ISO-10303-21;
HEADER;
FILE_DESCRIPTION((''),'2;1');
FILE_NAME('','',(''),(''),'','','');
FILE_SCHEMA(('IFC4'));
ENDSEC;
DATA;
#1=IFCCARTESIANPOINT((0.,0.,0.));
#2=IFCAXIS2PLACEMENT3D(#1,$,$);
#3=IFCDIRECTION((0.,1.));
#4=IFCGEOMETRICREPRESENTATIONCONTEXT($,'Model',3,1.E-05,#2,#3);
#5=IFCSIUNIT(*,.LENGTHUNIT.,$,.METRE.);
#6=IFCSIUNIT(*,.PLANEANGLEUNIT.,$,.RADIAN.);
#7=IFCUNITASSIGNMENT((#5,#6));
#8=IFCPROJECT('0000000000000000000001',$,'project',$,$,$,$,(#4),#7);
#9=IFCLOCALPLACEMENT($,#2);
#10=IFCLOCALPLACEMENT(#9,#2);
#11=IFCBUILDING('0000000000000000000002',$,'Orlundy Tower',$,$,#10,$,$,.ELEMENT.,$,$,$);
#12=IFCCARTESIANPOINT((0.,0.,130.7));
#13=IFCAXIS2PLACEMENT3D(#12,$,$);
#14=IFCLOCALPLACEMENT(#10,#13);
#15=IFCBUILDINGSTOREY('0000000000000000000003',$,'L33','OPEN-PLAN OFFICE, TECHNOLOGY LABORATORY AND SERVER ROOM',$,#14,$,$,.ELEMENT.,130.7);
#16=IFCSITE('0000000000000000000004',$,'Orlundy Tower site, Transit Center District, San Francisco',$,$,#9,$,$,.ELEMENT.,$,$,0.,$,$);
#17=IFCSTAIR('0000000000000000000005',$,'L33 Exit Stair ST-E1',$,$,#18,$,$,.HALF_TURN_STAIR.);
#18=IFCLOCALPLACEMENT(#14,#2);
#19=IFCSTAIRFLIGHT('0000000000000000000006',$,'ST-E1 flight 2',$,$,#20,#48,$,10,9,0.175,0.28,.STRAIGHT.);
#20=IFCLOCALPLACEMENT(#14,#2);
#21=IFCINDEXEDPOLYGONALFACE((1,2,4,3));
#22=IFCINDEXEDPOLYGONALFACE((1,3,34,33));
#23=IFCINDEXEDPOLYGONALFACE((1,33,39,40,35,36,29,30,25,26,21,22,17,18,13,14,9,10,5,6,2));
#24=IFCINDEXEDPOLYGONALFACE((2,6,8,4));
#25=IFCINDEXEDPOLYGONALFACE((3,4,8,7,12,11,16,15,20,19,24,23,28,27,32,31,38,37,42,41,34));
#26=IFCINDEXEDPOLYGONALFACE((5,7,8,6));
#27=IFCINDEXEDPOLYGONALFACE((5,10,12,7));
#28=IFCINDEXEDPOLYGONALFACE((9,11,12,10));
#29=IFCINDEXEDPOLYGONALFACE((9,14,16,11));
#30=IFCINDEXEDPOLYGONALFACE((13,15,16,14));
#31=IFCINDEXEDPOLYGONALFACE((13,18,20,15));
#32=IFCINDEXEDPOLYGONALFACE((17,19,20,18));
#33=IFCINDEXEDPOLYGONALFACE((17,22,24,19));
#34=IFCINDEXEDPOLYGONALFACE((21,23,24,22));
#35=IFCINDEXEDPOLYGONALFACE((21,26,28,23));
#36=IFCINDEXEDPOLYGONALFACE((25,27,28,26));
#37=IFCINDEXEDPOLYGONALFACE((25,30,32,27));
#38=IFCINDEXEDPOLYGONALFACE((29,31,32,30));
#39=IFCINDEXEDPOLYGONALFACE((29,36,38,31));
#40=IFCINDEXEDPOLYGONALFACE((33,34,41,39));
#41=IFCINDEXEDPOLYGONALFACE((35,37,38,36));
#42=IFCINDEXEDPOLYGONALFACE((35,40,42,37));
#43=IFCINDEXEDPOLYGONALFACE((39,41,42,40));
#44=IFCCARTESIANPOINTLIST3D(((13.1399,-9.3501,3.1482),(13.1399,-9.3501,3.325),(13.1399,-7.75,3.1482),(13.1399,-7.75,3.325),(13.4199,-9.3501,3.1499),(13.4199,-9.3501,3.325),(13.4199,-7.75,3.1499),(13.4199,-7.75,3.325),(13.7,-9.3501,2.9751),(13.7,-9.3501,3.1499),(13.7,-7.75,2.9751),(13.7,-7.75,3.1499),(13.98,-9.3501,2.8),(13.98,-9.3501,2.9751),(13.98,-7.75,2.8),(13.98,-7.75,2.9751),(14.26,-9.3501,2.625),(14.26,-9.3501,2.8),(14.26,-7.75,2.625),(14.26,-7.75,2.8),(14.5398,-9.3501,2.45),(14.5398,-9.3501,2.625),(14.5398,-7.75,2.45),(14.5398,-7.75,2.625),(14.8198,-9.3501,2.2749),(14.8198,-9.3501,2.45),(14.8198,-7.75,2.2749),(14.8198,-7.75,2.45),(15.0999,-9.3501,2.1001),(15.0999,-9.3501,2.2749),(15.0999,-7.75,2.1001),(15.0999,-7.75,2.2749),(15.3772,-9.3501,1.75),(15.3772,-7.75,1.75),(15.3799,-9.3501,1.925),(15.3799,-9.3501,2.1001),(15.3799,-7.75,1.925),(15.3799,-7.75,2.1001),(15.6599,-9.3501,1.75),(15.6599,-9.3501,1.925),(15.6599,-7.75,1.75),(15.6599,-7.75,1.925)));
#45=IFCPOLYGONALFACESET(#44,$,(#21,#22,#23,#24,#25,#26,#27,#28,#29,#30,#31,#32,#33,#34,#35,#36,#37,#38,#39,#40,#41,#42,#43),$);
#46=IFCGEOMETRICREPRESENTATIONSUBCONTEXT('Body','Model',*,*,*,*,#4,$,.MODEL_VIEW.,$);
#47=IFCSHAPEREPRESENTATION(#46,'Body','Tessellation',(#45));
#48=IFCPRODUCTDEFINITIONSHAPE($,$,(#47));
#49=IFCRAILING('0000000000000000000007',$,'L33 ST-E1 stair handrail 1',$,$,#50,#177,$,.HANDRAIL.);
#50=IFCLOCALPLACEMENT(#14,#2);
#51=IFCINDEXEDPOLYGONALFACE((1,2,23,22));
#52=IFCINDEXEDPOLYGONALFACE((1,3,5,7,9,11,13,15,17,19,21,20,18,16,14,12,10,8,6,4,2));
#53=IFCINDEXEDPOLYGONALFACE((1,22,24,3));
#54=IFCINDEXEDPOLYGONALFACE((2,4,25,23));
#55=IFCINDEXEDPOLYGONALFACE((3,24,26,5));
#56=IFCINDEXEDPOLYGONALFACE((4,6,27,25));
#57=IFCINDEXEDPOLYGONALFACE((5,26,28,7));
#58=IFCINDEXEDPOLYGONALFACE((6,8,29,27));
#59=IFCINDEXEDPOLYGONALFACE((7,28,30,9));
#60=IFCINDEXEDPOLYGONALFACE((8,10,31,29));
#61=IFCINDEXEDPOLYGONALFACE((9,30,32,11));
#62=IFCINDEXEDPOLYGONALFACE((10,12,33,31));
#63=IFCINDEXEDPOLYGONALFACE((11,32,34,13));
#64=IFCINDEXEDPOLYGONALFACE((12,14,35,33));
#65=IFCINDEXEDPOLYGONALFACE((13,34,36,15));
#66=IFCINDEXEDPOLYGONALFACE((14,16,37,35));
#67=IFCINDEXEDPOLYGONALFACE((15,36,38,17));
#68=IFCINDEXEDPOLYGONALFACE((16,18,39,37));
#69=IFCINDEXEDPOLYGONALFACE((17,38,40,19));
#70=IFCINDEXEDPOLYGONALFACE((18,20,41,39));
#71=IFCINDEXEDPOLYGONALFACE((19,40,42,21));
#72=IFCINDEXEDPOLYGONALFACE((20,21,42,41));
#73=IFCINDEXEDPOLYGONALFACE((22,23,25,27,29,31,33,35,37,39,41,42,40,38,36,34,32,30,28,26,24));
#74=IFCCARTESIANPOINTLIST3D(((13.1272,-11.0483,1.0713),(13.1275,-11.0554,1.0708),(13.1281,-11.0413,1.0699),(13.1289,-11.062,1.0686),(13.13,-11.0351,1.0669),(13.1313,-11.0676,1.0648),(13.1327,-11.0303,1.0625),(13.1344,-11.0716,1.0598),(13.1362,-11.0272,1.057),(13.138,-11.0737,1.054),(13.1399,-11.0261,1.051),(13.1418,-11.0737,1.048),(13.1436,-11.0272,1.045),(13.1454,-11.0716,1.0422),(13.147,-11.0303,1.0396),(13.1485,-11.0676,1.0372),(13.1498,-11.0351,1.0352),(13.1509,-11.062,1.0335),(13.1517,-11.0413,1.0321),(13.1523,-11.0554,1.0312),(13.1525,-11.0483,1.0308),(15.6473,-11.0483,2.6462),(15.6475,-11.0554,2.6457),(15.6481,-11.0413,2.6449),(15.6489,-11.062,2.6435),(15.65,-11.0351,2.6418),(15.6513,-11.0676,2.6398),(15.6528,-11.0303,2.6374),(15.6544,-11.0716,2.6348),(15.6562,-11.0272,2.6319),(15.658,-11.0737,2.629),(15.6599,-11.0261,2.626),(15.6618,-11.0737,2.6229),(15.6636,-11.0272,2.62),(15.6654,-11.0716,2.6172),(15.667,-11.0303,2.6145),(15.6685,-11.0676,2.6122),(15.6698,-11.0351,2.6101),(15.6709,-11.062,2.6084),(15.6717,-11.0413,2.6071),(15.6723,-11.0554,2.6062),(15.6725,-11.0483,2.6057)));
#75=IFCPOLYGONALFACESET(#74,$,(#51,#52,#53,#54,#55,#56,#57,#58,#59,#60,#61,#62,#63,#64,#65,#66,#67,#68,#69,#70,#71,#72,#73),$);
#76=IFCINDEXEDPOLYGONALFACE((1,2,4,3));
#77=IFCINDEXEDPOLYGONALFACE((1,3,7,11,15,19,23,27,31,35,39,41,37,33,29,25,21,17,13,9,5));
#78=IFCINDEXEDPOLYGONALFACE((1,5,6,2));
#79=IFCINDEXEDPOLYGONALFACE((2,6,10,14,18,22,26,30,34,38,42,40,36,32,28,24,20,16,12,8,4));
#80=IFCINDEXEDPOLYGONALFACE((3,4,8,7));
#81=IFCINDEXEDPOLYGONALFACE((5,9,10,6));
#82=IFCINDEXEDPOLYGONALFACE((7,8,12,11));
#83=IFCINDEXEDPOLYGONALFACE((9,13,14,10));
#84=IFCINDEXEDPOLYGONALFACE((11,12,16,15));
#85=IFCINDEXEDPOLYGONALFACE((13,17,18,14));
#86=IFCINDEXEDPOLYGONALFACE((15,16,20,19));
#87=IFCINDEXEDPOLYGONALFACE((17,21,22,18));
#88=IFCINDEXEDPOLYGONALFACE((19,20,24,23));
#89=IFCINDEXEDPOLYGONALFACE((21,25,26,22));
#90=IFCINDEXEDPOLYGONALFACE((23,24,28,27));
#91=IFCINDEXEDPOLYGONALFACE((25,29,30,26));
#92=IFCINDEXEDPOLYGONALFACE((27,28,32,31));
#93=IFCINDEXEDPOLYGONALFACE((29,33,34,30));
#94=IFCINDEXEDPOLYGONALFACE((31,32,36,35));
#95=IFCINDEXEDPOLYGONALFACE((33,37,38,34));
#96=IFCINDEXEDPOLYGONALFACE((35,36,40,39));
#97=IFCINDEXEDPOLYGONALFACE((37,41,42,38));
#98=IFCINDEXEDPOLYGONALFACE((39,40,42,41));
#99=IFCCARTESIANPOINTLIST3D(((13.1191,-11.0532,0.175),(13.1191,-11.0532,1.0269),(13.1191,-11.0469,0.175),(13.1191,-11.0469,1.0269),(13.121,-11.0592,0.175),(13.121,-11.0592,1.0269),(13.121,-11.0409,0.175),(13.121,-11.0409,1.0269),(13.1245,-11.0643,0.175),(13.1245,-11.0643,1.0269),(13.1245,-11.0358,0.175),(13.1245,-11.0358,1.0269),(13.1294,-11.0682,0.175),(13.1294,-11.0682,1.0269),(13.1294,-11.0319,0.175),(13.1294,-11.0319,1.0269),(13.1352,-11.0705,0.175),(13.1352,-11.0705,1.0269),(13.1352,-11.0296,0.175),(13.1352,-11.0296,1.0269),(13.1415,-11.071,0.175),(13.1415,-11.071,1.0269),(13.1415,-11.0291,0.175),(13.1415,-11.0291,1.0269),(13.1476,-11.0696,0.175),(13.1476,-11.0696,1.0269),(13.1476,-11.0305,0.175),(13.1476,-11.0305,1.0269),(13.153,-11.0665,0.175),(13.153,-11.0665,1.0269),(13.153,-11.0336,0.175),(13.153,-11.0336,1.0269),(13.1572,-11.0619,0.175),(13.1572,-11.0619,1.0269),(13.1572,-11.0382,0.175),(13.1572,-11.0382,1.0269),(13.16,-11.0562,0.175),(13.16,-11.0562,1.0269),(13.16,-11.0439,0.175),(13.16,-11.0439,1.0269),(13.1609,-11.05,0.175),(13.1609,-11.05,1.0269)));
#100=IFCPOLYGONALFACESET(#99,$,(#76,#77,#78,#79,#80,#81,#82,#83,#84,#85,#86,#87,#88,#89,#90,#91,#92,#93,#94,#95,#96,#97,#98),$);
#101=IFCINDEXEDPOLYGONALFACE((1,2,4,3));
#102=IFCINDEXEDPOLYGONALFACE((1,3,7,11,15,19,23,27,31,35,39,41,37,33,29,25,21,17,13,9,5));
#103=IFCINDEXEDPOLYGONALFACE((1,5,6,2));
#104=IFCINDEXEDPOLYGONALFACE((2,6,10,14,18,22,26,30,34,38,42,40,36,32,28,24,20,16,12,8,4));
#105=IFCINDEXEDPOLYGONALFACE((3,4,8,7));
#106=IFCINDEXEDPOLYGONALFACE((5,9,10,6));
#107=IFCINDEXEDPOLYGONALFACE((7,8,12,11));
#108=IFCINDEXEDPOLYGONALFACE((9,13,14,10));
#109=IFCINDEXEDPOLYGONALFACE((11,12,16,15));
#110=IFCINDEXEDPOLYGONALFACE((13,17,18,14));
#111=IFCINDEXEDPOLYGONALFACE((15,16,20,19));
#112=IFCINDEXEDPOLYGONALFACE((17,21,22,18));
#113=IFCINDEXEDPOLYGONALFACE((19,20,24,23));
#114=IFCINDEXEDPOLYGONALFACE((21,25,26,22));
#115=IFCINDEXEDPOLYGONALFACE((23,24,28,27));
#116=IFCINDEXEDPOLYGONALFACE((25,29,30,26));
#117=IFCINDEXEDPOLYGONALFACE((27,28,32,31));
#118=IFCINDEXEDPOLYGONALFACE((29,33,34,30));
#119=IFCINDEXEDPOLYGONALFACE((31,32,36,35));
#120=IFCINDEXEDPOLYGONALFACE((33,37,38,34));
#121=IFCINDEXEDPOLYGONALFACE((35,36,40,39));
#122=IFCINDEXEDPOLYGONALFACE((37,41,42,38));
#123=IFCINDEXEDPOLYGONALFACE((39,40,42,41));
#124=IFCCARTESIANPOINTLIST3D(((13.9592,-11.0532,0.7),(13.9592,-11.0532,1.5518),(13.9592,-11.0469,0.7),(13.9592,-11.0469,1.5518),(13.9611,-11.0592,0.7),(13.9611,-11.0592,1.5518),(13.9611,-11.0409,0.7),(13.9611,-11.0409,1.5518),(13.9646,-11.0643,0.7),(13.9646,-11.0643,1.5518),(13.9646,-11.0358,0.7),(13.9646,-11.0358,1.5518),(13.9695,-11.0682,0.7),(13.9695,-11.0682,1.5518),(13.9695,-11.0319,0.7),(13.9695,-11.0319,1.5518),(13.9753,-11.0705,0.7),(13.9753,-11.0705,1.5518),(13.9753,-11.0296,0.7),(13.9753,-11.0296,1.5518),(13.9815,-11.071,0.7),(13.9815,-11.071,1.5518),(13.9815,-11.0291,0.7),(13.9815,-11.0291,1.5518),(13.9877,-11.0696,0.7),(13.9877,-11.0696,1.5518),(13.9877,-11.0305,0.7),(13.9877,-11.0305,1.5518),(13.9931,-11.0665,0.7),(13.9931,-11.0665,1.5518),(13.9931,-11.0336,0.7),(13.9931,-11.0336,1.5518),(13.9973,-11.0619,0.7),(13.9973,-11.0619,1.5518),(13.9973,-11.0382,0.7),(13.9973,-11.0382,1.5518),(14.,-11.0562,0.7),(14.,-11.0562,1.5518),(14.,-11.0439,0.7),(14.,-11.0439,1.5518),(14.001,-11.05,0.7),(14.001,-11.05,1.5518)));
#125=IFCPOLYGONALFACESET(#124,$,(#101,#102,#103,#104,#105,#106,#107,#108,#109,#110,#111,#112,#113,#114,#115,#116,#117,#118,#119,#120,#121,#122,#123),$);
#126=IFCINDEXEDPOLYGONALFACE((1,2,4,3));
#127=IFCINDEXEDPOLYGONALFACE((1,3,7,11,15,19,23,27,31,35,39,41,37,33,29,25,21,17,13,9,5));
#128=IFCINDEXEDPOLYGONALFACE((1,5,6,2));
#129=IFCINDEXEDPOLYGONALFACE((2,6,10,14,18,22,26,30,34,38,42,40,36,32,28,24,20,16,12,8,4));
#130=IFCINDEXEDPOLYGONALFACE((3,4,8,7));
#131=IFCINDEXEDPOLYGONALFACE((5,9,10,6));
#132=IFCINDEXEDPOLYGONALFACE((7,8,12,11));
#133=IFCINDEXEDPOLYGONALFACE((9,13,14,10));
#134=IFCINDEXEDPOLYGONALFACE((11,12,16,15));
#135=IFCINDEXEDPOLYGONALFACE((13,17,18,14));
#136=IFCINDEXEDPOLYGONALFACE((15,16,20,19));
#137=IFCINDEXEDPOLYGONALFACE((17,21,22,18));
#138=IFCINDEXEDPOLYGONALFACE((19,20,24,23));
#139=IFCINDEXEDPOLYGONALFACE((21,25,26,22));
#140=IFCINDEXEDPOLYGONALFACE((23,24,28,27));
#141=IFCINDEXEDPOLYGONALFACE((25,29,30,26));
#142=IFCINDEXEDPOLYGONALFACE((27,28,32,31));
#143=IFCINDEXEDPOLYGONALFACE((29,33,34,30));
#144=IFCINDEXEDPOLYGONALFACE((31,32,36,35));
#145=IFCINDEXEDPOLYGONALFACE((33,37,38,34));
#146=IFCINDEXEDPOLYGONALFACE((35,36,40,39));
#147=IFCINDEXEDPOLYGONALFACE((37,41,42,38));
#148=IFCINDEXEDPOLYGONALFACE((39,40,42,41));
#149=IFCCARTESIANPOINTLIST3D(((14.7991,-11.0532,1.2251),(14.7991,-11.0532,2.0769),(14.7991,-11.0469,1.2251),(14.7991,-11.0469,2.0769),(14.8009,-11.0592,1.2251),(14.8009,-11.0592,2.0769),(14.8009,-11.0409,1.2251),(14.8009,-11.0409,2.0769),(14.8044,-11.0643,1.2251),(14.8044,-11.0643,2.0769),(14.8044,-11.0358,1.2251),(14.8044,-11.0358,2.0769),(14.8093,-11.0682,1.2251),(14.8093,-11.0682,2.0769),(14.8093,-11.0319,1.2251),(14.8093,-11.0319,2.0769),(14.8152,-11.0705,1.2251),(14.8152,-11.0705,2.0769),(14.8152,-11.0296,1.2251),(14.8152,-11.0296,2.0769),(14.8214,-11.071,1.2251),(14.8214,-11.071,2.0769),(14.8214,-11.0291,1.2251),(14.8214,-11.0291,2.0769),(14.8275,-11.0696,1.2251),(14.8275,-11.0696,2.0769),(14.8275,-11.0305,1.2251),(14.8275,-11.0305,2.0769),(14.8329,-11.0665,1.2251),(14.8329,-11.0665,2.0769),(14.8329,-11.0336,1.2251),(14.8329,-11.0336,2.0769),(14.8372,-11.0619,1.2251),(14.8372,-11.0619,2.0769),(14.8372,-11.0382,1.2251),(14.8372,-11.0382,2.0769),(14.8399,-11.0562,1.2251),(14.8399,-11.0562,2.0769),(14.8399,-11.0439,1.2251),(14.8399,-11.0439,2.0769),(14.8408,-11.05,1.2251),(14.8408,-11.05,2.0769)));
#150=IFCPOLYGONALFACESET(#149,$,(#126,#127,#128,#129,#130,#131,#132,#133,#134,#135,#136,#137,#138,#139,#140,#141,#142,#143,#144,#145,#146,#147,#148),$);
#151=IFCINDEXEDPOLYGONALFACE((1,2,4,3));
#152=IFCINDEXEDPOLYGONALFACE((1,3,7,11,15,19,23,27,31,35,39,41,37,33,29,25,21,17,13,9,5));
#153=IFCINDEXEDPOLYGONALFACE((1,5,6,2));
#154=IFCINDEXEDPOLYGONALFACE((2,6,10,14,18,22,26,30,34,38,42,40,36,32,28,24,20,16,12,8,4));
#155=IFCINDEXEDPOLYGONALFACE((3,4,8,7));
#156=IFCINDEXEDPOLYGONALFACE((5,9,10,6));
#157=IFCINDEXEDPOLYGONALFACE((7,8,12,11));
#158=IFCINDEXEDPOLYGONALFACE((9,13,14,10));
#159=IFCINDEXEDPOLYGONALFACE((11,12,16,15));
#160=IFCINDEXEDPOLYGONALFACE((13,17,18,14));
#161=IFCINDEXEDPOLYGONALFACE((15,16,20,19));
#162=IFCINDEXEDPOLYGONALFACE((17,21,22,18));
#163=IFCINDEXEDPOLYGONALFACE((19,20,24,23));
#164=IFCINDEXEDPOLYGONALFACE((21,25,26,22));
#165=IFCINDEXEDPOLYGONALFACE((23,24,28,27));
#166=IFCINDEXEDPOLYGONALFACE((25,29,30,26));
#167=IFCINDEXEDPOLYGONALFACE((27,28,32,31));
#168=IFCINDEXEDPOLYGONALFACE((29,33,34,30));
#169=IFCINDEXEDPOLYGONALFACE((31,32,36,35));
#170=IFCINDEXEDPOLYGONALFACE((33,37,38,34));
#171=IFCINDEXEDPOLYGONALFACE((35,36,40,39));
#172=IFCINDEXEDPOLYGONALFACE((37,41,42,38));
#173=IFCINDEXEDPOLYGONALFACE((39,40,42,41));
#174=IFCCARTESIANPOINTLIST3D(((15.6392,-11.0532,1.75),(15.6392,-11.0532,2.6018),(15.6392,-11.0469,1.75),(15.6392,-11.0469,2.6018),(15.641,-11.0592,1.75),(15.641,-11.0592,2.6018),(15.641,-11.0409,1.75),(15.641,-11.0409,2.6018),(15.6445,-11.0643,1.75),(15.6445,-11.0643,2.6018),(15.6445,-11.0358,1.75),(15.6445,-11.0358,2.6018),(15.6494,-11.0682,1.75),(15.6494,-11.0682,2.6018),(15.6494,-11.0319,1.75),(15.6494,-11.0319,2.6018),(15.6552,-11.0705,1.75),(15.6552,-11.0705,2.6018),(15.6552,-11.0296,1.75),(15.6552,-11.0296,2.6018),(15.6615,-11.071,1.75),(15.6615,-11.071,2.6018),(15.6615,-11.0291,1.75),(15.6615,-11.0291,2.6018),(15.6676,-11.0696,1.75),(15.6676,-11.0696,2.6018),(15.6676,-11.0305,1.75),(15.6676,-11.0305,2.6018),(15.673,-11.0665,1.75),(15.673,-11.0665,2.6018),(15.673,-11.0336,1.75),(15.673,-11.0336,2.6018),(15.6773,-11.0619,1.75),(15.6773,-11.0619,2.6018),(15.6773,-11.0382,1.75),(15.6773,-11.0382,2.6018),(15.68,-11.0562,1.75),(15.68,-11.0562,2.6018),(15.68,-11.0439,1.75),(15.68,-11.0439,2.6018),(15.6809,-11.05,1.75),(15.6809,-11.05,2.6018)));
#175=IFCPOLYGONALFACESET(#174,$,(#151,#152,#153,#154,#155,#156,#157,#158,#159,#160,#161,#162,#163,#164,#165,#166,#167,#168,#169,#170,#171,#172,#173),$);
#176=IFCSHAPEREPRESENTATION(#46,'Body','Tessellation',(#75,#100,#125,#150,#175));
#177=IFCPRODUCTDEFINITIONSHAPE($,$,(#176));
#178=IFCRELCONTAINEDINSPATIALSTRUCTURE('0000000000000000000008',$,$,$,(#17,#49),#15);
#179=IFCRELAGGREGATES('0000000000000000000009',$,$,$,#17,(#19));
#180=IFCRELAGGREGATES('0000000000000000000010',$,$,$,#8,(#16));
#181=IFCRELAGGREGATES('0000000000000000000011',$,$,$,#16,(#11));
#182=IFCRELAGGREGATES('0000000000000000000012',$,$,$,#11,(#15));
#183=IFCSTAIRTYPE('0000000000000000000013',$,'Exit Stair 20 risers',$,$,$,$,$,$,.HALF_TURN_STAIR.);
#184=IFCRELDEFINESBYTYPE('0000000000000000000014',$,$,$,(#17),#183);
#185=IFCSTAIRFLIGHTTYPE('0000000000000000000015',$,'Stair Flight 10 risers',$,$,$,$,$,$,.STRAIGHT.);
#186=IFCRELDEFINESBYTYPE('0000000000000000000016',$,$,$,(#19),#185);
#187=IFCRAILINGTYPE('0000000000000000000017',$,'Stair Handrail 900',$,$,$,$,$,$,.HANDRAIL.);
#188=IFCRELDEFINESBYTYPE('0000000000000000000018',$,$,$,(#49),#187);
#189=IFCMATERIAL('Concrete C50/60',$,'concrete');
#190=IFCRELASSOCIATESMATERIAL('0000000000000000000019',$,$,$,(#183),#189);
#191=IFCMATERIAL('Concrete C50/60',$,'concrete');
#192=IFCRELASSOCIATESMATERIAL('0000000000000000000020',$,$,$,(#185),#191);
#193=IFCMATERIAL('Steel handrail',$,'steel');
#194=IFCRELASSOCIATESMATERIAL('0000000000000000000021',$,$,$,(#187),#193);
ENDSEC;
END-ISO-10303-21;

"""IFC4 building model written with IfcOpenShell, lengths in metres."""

from ifc_helpers import new_model, si_unit, direction, frame, origin, origin_2d, place, context, subcontext, project, spatial, polyline, circle, outline, extrude, material, type_object, element, aggregate, save


model = new_model("IFC4")

# Units and contexts
model_context = context("Model", 3, precision=1e-05, world=origin(), true_north=direction((0.0, 1.0)))
body_context = subcontext(model_context, "Body", "Model", "MODEL_VIEW")
ifc_project = project(units=[si_unit("LENGTHUNIT", "METRE"), si_unit("PLANEANGLEUNIT", "RADIAN")], contexts=[model_context])

# Site, building, storey
site_placement = place(None, origin())
site = spatial("IfcSite", under=ifc_project, at=site_placement, Name="Orlundy Tower site, Transit Center District, San Francisco", CompositionType="ELEMENT", RefElevation=0.0)
building_placement = place(site_placement, origin())
building = spatial("IfcBuilding", under=site, at=building_placement, Name="Orlundy Tower", CompositionType="ELEMENT")
storey_placement = place(building_placement, frame((0.0, 0.0, 130.7)))
storey = spatial("IfcBuildingStorey", under=building, at=storey_placement, Name="L33", Description="OPEN-PLAN OFFICE, TECHNOLOGY LABORATORY AND SERVER ROOM", CompositionType="ELEMENT", Elevation=130.7)

# Stair, stair flight
ifc_material_1 = material(Name="Concrete C50/60", Category="concrete")
stair_type = type_object("IfcStairType", Name="Exit Stair 20 risers", PredefinedType="HALF_TURN_STAIR", material=ifc_material_1)
stair_placement = place(storey_placement, origin())
stair = element("IfcStair", 1, at=stair_placement, inside=storey, type_object=stair_type, Name="L33 Exit Stair ST-E1", PredefinedType="HALF_TURN_STAIR")
ifc_material_2 = material(Name="Concrete C50/60", Category="concrete")
stair_flight_type = type_object("IfcStairFlightType", Name="Stair Flight 10 risers", PredefinedType="STRAIGHT", material=ifc_material_2)
stair_flight_1_placement = place(storey_placement, frame((15.6599, -8.55, 1.75), z_axis=(0.0, 0.0, 1.0), x_axis=(-1.0, 0.0, 0.0)))
stair_flight_1 = element("IfcStairFlight", 2, at=stair_flight_1_placement, type_object=stair_flight_type, Name="ST-E1 flight 2", NumberOfRisers=10, NumberOfTreads=9, PredefinedType="STRAIGHT", RiserHeight=0.175, TreadLength=0.28, context=body_context, shape_type="SweptSolid", body=[
    extrude(outline(polyline([(0.0, 0.0), (0.0, 0.175), (0.28, 0.175), (0.28, 0.3501), (0.5601, 0.3501), (0.5601, 0.5249), (0.8401, 0.5249), (0.8401, 0.7), (1.1201, 0.7), (1.1201, 0.875), (1.3999, 0.875), (1.3999, 1.05), (1.6799, 1.05), (1.6799, 1.2251), (1.96, 1.2251), (1.96, 1.3999), (2.24, 1.3999), (2.24, 1.575), (2.52, 1.575), (2.52, 1.75), (2.52, 1.3982), (0.2827, 0.0), (0.0, 0.0)])), frame((0.0, 0.8, 0.0), z_axis=(0.0, -1.0, 0.0), x_axis=(1.0, 0.0, 0.0)), (0.0, 0.0, 1.0), 1.6001),
])
aggregate(stair, [stair_flight_1])

# Railing
ifc_material_3 = material(Name="Steel handrail", Category="steel")
railing_type_1 = type_object("IfcRailingType", Name="Stair Handrail 900", PredefinedType="HANDRAIL", material=ifc_material_3)
railing_1_placement = place(storey_placement, frame((13.1399, -11.05, 0.175)))
element("IfcRailing", 3, at=railing_1_placement, inside=storey, type_object=railing_type_1, Name="L33 ST-E1 stair handrail 1", PredefinedType="HANDRAIL", context=body_context, shape_type="SweptSolid", body=[
    extrude(circle(Radius=0.0239, at=origin_2d()), frame((0.0, 0.0, 0.876), z_axis=(0.848008, 0.0, 0.529984), x_axis=(0.0, 1.0, 0.0)), (0.0, 0.0, 1.0), 2.9717),
    extrude(circle(Radius=0.021, at=origin_2d()), origin(), (0.0, 0.0, 1.0), 0.8518),
    extrude(circle(Radius=0.021, at=origin_2d()), frame((0.8401, 0.0, 0.5249)), (0.0, 0.0, 1.0), 0.8518),
    extrude(circle(Radius=0.021, at=origin_2d()), frame((1.6799, 0.0, 1.05)), (0.0, 0.0, 1.0), 0.8518),
    extrude(circle(Radius=0.021, at=origin_2d()), frame((2.52, 0.0, 1.575)), (0.0, 0.0, 1.0), 0.8518),
])

save(model, "model.ifc")
